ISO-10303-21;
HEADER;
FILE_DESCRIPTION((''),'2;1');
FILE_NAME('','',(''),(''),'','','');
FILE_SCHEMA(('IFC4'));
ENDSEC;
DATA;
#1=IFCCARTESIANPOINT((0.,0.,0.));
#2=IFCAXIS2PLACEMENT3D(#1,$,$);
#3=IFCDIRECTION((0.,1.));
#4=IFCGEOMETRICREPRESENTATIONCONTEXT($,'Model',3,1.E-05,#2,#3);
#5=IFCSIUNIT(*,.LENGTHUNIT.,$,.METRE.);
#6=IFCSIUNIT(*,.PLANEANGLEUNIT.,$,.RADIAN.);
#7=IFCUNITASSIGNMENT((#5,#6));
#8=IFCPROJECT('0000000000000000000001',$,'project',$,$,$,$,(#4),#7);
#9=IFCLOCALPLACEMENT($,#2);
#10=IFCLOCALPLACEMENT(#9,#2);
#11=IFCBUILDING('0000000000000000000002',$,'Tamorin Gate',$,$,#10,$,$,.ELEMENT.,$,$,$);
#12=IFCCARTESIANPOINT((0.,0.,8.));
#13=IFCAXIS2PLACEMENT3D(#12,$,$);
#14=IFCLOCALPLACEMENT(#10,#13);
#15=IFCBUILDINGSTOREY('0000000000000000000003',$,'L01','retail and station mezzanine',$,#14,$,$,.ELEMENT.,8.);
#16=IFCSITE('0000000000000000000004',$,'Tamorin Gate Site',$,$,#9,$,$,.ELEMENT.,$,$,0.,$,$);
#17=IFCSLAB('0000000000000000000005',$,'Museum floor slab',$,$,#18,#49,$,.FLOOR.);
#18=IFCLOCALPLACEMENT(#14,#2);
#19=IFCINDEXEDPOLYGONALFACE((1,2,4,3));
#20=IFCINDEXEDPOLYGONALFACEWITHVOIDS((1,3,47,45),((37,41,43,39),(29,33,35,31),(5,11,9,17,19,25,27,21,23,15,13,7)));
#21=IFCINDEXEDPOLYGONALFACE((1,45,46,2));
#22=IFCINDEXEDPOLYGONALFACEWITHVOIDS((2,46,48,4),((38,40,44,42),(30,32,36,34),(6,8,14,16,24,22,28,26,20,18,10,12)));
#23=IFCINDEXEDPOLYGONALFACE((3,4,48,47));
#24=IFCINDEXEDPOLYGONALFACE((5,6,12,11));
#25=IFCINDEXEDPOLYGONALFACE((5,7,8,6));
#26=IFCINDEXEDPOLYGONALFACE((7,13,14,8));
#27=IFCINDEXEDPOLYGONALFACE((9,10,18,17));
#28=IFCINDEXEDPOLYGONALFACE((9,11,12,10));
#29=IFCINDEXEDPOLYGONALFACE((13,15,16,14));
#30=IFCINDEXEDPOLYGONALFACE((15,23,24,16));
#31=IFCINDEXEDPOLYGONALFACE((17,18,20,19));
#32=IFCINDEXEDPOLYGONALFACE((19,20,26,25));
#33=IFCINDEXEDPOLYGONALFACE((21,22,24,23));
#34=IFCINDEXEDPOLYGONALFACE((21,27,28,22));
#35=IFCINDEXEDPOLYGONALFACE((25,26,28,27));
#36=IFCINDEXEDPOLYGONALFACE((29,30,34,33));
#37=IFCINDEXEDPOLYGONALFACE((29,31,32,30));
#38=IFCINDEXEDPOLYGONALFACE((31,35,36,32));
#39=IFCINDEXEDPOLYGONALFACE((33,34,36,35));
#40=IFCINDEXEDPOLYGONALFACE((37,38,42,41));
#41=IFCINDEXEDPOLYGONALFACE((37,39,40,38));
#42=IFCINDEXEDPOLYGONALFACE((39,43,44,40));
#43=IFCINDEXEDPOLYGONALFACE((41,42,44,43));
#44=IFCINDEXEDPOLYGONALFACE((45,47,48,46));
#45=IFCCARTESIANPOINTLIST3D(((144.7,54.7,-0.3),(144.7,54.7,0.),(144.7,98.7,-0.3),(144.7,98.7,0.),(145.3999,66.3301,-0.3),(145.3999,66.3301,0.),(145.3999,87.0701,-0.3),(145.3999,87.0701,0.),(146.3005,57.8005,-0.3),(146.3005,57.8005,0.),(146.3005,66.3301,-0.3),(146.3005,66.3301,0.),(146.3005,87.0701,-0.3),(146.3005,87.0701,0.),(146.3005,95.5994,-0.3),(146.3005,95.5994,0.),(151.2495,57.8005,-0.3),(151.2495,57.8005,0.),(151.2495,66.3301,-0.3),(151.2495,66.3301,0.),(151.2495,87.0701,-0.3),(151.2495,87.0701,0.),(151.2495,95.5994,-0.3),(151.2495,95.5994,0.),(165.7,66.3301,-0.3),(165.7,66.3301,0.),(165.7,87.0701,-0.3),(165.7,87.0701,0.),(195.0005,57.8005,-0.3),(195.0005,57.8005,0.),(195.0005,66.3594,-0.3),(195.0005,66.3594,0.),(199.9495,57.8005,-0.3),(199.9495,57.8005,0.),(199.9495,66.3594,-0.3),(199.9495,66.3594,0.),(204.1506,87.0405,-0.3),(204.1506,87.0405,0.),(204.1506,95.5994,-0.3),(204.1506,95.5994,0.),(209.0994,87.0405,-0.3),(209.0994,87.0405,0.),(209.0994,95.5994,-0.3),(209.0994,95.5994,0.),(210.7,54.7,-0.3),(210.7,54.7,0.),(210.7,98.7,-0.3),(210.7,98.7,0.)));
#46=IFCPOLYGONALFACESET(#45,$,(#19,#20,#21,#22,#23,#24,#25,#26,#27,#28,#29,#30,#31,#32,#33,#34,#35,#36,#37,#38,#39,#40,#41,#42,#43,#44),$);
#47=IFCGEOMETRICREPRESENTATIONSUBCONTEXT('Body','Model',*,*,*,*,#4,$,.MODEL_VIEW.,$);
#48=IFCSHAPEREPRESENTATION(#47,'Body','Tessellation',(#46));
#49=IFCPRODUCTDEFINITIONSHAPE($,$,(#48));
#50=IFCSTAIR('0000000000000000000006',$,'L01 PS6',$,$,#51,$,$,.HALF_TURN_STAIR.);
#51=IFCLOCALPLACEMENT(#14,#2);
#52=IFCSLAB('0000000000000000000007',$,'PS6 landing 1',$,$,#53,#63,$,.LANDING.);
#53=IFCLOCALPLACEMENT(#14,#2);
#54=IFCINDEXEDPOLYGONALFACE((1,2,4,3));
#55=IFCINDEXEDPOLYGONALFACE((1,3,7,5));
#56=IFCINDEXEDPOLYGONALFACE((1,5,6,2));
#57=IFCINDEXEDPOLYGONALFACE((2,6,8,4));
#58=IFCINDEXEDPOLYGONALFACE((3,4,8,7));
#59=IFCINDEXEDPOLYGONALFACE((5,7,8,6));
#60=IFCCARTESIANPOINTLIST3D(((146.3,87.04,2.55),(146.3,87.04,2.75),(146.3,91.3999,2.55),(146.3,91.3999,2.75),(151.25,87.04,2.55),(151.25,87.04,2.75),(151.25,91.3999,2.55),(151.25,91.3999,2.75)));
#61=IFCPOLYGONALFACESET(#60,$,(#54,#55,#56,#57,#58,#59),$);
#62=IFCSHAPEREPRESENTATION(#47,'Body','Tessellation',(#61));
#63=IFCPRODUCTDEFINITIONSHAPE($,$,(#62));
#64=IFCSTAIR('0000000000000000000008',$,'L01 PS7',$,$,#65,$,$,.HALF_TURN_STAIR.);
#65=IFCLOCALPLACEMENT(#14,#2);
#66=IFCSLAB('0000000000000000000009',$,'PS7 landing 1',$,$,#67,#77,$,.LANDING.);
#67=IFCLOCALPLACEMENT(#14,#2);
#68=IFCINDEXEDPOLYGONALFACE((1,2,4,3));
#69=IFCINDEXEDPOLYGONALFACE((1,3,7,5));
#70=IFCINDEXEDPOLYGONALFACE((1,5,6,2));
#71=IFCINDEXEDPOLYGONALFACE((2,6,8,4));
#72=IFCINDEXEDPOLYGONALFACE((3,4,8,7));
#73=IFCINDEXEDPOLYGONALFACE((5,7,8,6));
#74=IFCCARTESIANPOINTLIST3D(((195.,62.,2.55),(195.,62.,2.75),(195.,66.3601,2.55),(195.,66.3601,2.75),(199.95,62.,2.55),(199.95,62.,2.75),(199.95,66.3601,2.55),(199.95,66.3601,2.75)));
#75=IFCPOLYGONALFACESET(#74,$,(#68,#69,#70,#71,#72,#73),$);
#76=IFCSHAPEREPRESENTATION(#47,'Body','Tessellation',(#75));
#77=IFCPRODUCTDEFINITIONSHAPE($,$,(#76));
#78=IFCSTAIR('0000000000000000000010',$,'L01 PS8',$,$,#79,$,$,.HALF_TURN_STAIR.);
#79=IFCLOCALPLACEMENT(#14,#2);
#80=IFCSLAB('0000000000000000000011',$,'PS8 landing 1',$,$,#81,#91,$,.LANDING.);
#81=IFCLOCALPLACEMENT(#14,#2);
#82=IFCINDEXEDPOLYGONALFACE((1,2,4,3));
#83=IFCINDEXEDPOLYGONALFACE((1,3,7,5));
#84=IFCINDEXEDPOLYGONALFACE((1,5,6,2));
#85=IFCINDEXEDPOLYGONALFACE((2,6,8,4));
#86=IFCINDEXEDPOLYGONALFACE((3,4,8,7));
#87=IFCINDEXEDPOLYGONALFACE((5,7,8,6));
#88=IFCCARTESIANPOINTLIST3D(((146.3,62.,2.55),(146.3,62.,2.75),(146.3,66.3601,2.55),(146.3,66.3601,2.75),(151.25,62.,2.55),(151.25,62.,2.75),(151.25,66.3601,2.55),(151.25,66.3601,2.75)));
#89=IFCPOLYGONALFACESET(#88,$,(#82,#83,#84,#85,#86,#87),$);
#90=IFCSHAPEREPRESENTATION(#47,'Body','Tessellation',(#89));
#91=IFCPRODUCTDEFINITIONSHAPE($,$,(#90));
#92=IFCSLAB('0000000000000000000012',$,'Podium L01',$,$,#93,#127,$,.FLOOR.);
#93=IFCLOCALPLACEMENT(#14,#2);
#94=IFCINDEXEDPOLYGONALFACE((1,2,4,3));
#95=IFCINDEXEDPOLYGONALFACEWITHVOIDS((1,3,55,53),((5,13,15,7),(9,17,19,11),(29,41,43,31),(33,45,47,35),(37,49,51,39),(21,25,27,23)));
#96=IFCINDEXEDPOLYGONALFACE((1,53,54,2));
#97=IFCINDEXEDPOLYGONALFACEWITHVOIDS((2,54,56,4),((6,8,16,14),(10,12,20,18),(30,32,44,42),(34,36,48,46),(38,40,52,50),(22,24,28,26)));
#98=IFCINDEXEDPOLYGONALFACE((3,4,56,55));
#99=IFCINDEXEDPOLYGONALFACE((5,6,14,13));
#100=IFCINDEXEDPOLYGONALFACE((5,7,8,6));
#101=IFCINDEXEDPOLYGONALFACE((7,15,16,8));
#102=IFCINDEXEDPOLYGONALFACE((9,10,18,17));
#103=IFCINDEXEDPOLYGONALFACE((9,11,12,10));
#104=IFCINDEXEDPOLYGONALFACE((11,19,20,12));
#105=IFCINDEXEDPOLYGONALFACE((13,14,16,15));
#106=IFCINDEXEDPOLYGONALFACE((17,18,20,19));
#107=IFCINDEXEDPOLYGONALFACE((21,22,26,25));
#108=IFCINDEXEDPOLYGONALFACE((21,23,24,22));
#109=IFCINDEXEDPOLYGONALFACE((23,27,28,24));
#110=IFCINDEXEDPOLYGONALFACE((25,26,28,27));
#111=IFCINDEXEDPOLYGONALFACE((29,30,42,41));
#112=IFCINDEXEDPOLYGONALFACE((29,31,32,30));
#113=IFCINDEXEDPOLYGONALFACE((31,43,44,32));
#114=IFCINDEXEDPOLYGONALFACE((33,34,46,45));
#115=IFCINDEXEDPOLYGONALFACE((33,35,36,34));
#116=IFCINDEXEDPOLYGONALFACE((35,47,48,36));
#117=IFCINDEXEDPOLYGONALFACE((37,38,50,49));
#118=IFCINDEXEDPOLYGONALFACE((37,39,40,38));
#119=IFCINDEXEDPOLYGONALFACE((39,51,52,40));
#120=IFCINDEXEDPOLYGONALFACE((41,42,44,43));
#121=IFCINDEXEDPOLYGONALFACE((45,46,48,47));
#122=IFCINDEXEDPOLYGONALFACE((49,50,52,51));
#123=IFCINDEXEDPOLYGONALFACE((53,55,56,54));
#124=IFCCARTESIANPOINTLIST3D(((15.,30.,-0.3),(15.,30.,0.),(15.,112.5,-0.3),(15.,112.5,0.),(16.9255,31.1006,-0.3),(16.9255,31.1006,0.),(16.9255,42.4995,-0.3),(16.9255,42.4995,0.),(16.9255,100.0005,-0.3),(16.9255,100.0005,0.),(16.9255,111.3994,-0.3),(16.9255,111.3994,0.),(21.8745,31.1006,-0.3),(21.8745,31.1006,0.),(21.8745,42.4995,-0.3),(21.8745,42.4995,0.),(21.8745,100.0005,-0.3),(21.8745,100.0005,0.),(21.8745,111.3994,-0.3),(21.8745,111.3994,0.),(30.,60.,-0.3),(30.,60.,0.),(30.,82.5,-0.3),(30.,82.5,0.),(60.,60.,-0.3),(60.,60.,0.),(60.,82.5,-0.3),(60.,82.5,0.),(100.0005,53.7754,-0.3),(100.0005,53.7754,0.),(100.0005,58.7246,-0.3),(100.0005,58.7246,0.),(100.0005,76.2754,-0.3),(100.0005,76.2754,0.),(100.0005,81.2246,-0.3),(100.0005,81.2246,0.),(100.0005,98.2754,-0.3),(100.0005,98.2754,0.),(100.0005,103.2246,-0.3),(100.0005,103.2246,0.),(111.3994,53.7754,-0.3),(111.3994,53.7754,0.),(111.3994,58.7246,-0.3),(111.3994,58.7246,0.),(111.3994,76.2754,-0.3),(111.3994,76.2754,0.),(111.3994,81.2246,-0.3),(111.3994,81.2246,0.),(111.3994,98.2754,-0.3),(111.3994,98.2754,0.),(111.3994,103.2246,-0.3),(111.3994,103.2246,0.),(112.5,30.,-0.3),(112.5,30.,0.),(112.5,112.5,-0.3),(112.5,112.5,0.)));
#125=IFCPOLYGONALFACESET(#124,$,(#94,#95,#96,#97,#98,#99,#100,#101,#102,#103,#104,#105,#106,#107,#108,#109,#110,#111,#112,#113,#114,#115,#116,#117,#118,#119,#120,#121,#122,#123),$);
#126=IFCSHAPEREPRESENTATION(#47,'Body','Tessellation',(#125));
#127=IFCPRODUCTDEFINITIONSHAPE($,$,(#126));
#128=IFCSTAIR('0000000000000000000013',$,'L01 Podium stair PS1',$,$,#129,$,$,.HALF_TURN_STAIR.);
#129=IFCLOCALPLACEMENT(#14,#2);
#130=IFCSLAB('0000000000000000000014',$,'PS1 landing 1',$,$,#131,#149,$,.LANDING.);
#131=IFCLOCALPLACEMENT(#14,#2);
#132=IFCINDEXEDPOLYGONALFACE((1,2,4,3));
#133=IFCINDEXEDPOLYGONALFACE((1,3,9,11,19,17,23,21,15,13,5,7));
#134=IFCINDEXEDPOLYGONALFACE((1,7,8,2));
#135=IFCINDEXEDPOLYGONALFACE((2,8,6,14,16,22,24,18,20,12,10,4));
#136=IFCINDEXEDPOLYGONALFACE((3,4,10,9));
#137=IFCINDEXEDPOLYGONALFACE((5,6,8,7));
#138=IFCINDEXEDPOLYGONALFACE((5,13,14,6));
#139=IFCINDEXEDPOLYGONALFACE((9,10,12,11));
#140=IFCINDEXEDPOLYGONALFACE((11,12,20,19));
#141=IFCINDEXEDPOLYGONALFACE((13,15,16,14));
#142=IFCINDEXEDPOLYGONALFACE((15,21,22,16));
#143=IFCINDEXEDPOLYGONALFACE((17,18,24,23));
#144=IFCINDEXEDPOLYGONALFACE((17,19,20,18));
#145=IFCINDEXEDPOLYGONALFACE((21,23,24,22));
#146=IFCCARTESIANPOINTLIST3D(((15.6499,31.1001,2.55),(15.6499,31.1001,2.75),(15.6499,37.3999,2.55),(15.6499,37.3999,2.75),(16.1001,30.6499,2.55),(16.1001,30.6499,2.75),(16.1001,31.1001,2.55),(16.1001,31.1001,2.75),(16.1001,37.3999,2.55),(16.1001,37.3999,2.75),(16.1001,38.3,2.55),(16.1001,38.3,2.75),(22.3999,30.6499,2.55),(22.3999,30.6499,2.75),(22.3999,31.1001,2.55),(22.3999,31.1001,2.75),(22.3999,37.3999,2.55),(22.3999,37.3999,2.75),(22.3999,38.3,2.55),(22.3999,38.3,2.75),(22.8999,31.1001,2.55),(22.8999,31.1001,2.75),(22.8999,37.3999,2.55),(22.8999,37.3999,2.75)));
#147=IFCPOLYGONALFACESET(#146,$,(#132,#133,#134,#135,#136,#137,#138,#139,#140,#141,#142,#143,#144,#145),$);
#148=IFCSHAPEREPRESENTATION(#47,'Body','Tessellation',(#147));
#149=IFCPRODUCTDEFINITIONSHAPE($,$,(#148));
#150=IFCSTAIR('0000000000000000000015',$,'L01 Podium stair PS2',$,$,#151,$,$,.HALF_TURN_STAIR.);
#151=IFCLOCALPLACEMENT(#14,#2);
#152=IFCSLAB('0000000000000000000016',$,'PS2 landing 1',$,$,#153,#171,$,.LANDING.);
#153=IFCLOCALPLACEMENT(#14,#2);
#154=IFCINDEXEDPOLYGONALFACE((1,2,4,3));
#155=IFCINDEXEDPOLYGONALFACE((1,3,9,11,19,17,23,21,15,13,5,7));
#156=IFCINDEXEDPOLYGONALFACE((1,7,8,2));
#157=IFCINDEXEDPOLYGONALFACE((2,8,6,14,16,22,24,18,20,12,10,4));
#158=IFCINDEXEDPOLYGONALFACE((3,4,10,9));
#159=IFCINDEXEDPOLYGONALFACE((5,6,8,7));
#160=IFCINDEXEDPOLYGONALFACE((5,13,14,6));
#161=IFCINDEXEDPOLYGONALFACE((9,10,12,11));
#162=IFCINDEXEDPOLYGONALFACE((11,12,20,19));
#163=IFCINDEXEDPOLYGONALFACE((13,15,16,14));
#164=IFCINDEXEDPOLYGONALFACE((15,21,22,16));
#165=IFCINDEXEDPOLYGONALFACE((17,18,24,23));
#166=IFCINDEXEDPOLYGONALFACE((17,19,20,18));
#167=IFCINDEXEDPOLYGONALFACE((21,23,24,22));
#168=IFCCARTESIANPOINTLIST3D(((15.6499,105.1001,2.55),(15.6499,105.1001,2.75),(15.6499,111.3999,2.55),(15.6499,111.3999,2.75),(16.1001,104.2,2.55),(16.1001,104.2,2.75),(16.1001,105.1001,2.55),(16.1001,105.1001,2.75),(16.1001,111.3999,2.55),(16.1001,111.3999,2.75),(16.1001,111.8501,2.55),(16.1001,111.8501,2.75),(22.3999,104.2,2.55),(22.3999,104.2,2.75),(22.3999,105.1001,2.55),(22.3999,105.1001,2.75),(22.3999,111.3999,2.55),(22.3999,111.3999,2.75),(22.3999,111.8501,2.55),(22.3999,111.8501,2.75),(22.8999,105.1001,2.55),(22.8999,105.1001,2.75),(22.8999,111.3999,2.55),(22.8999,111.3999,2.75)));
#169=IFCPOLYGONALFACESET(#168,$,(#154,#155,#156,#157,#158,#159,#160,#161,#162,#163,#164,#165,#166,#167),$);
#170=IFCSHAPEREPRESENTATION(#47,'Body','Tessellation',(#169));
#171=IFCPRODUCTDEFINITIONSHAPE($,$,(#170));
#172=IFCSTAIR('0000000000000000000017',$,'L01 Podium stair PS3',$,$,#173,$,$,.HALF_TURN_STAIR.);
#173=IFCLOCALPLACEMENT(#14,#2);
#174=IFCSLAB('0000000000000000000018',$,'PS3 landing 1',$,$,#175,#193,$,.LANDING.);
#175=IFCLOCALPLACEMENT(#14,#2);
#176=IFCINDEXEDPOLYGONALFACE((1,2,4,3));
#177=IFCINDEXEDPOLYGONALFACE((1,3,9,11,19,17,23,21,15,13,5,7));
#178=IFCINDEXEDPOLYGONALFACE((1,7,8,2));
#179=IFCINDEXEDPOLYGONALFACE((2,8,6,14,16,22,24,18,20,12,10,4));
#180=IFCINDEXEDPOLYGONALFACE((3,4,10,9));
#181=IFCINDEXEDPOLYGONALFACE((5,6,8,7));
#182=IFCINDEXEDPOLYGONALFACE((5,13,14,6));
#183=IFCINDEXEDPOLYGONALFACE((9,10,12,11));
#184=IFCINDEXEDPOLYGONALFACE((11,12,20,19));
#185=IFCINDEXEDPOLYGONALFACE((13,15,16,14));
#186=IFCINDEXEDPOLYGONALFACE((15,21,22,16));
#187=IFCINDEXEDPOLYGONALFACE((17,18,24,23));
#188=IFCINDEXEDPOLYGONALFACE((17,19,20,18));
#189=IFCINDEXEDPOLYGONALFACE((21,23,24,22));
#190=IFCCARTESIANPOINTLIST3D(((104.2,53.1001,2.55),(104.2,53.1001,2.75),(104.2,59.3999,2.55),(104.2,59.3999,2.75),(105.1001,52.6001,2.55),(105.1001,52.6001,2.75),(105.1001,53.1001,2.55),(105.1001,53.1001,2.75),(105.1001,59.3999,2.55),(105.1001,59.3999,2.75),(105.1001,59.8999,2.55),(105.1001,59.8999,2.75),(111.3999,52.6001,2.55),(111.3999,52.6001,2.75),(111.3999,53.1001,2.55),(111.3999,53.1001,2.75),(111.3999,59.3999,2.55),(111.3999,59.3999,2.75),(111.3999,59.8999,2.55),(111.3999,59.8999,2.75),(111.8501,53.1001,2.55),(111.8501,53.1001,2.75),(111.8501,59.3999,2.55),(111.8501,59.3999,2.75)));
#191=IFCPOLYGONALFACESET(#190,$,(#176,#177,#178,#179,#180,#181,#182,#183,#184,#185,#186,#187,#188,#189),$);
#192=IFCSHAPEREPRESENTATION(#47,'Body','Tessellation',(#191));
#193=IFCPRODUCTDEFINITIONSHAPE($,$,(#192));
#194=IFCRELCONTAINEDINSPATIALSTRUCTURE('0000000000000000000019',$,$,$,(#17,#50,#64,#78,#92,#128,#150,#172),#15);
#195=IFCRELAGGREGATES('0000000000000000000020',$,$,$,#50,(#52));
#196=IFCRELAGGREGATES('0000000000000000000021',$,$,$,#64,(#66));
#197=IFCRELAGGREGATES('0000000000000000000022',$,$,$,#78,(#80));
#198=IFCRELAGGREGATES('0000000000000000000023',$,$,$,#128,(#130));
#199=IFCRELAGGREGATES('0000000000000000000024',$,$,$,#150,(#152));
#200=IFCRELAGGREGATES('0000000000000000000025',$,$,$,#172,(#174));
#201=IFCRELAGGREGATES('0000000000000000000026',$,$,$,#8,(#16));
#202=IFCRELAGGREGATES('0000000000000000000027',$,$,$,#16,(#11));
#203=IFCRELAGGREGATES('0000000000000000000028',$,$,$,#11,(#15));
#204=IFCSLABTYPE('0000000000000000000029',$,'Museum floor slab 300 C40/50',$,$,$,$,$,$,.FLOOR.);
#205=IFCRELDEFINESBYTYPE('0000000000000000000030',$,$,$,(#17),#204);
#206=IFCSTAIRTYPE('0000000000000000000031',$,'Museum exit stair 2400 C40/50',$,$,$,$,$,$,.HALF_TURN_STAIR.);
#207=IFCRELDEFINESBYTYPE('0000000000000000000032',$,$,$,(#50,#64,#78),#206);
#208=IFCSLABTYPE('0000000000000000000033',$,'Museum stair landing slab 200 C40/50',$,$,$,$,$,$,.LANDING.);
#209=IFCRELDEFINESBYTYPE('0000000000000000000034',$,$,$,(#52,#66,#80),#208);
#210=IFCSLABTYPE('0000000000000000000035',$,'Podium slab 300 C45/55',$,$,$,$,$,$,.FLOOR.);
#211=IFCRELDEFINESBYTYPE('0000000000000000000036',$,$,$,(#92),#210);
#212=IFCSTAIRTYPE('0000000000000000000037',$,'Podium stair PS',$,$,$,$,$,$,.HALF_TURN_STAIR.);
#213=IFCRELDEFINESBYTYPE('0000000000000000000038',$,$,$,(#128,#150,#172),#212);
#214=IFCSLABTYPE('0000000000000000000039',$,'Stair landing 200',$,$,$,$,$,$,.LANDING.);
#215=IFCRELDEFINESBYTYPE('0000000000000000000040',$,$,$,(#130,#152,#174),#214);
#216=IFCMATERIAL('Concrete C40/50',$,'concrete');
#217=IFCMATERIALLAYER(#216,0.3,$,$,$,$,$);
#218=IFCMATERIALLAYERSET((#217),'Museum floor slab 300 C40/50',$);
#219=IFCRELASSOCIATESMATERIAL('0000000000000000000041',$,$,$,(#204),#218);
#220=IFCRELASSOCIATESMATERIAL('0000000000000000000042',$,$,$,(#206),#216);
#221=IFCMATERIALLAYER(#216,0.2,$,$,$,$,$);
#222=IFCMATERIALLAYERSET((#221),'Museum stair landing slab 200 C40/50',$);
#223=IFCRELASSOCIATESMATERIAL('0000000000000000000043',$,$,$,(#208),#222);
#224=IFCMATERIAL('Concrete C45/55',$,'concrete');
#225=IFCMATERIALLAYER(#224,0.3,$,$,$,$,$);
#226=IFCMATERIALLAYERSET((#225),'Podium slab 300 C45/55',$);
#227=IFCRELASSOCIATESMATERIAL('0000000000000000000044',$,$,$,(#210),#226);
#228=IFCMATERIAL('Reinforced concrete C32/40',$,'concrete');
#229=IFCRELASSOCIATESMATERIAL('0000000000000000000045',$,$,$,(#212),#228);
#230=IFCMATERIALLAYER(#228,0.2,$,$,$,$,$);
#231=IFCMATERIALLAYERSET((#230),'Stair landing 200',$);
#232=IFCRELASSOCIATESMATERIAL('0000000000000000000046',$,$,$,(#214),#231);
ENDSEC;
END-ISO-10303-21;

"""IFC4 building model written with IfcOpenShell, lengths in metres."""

from ifc_helpers import new_model, si_unit, direction, frame, origin, place, context, subcontext, project, spatial, polyline, outline, extrude, material, layer, layer_set, type_object, element, aggregate, save


model = new_model("IFC4")

# Units and contexts
model_context = context("Model", 3, precision=1e-05, world=origin(), true_north=direction((0.0, 1.0)))
body_context = subcontext(model_context, "Body", "Model", "MODEL_VIEW")
ifc_project = project(units=[si_unit("LENGTHUNIT", "METRE"), si_unit("PLANEANGLEUNIT", "RADIAN")], contexts=[model_context])

# Site, building, storey
site_placement = place(None, origin())
site = spatial("IfcSite", under=ifc_project, at=site_placement, Name="Tamorin Gate Site", CompositionType="ELEMENT", RefElevation=0.0)
building_placement = place(site_placement, origin())
building = spatial("IfcBuilding", under=site, at=building_placement, Name="Tamorin Gate", CompositionType="ELEMENT")
storey_placement = place(building_placement, frame((0.0, 0.0, 8.0)))
storey = spatial("IfcBuildingStorey", under=building, at=storey_placement, Name="L01", Description="retail and station mezzanine", CompositionType="ELEMENT", Elevation=8.0)

# Shared definitions
ifc_material_1 = material(Name="Concrete C40/50", Category="concrete")

# Slab
ifc_layer_1 = layer(ifc_material_1, 0.3)
ifc_layer_set_1 = layer_set([ifc_layer_1], Name="Museum floor slab 300 C40/50")
slab_type_1 = type_object("IfcSlabType", Name="Museum floor slab 300 C40/50", PredefinedType="FLOOR", material=ifc_layer_set_1)
slab_1_placement = place(storey_placement, frame((0.0, 0.0, -0.3)))
element("IfcSlab", 1, at=slab_1_placement, inside=storey, type_object=slab_type_1, Name="Museum floor slab", PredefinedType="FLOOR", context=body_context, shape_type="SweptSolid", body=[
    extrude(outline(polyline([(144.7, 54.7), (144.7, 98.7), (210.7, 98.7), (210.7, 54.7), (144.7, 54.7)]), holes=[polyline([(146.3005, 57.8005), (151.2495, 57.8005), (151.2495, 66.3301), (165.7, 66.3301), (165.7, 87.0701), (151.2495, 87.0701), (151.2495, 95.5994), (146.3005, 95.5994), (146.3005, 87.0701), (145.3999, 87.0701), (145.3999, 66.3301), (146.3005, 66.3301), (146.3005, 57.8005)]), polyline([(195.0005, 57.8005), (199.9495, 57.8005), (199.9495, 66.3594), (195.0005, 66.3594), (195.0005, 57.8005)]), polyline([(209.0994, 87.0405), (209.0994, 95.5994), (204.1506, 95.5994), (204.1506, 87.0405), (209.0994, 87.0405)])]), origin(), (0.0, 0.0, 1.0), 0.3),
])

# Stairs, slabs
stair_type_1 = type_object("IfcStairType", Name="Museum exit stair 2400 C40/50", PredefinedType="HALF_TURN_STAIR", material=ifc_material_1)
stair_1_placement = place(storey_placement, origin())
stair_1 = element("IfcStair", 2, at=stair_1_placement, inside=storey, type_object=stair_type_1, Name="L01 PS6", PredefinedType="HALF_TURN_STAIR")
ifc_layer_2 = layer(ifc_material_1, 0.2)
ifc_layer_set_2 = layer_set([ifc_layer_2], Name="Museum stair landing slab 200 C40/50")
slab_type_2 = type_object("IfcSlabType", Name="Museum stair landing slab 200 C40/50", PredefinedType="LANDING", material=ifc_layer_set_2)
slab_2_placement = place(storey_placement, frame((0.0, 0.0, 2.55)))
slab_2 = element("IfcSlab", 3, at=slab_2_placement, type_object=slab_type_2, Name="PS6 landing 1", PredefinedType="LANDING", context=body_context, shape_type="SweptSolid", body=[
    extrude(outline(polyline([(146.3, 91.3999), (146.3, 87.04), (151.25, 87.04), (151.25, 91.3999), (146.3, 91.3999)])), origin(), (0.0, 0.0, 1.0), 0.2),
])
aggregate(stair_1, [slab_2])
stair_2_placement = place(storey_placement, origin())
stair_2 = element("IfcStair", 4, at=stair_2_placement, inside=storey, type_object=stair_type_1, Name="L01 PS7", PredefinedType="HALF_TURN_STAIR")
slab_3_placement = place(storey_placement, frame((0.0, 0.0, 2.55)))
slab_3 = element("IfcSlab", 5, at=slab_3_placement, type_object=slab_type_2, Name="PS7 landing 1", PredefinedType="LANDING", context=body_context, shape_type="SweptSolid", body=[
    extrude(outline(polyline([(199.95, 62.0), (199.95, 66.3601), (195.0, 66.3601), (195.0, 62.0), (199.95, 62.0)])), origin(), (0.0, 0.0, 1.0), 0.2),
])
aggregate(stair_2, [slab_3])
stair_3_placement = place(storey_placement, origin())
stair_3 = element("IfcStair", 6, at=stair_3_placement, inside=storey, type_object=stair_type_1, Name="L01 PS8", PredefinedType="HALF_TURN_STAIR")
slab_4_placement = place(storey_placement, frame((0.0, 0.0, 2.55)))
slab_4 = element("IfcSlab", 7, at=slab_4_placement, type_object=slab_type_2, Name="PS8 landing 1", PredefinedType="LANDING", context=body_context, shape_type="SweptSolid", body=[
    extrude(outline(polyline([(151.25, 62.0), (151.25, 66.3601), (146.3, 66.3601), (146.3, 62.0), (151.25, 62.0)])), origin(), (0.0, 0.0, 1.0), 0.2),
])
aggregate(stair_3, [slab_4])

# Slab
ifc_material_2 = material(Name="Concrete C45/55", Category="concrete")
ifc_layer_3 = layer(ifc_material_2, 0.3)
ifc_layer_set_3 = layer_set([ifc_layer_3], Name="Podium slab 300 C45/55")
slab_type_3 = type_object("IfcSlabType", Name="Podium slab 300 C45/55", PredefinedType="FLOOR", material=ifc_layer_set_3)
slab_5_placement = place(storey_placement, frame((0.0, 0.0, -0.3)))
element("IfcSlab", 8, at=slab_5_placement, inside=storey, type_object=slab_type_3, Name="Podium L01", PredefinedType="FLOOR", context=body_context, shape_type="SweptSolid", body=[
    extrude(outline(polyline([(15.0, 30.0), (112.5, 30.0), (112.5, 112.5), (15.0, 112.5), (15.0, 30.0)]), holes=[polyline([(60.0, 60.0), (60.0, 82.5), (30.0, 82.5), (30.0, 60.0), (60.0, 60.0)]), polyline([(16.9255, 42.4995), (21.8745, 42.4995), (21.8745, 31.1006), (16.9255, 31.1006), (16.9255, 42.4995)]), polyline([(21.8745, 100.0005), (16.9255, 100.0005), (16.9255, 111.3994), (21.8745, 111.3994), (21.8745, 100.0005)]), polyline([(100.0005, 53.7754), (100.0005, 58.7246), (111.3994, 58.7246), (111.3994, 53.7754), (100.0005, 53.7754)]), polyline([(100.0005, 98.2754), (100.0005, 103.2246), (111.3994, 103.2246), (111.3994, 98.2754), (100.0005, 98.2754)]), polyline([(100.0005, 76.2754), (100.0005, 81.2246), (111.3994, 81.2246), (111.3994, 76.2754), (100.0005, 76.2754)])]), origin(), (0.0, 0.0, 1.0), 0.3),
])

# Stairs, slabs
ifc_material_3 = material(Name="Reinforced concrete C32/40", Category="concrete")
stair_type_2 = type_object("IfcStairType", Name="Podium stair PS", PredefinedType="HALF_TURN_STAIR", material=ifc_material_3)
stair_4_placement = place(storey_placement, origin())
stair_4 = element("IfcStair", 9, at=stair_4_placement, inside=storey, type_object=stair_type_2, Name="L01 Podium stair PS1", PredefinedType="HALF_TURN_STAIR")
ifc_layer_4 = layer(ifc_material_3, 0.2)
ifc_layer_set_4 = layer_set([ifc_layer_4], Name="Stair landing 200")
slab_type_4 = type_object("IfcSlabType", Name="Stair landing 200", PredefinedType="LANDING", material=ifc_layer_set_4)
slab_6_placement = place(storey_placement, frame((0.0, 0.0, 2.55)))
slab_6 = element("IfcSlab", 10, at=slab_6_placement, type_object=slab_type_4, Name="PS1 landing 1", PredefinedType="LANDING", context=body_context, shape_type="SweptSolid", body=[
    extrude(outline(polyline([(22.3999, 31.1001), (22.3999, 30.6499), (16.1001, 30.6499), (16.1001, 31.1001), (15.6499, 31.1001), (15.6499, 37.3999), (16.1001, 37.3999), (16.1001, 38.3), (22.3999, 38.3), (22.3999, 37.3999), (22.8999, 37.3999), (22.8999, 31.1001), (22.3999, 31.1001)])), origin(), (0.0, 0.0, 1.0), 0.2),
])
aggregate(stair_4, [slab_6])
stair_5_placement = place(storey_placement, origin())
stair_5 = element("IfcStair", 11, at=stair_5_placement, inside=storey, type_object=stair_type_2, Name="L01 Podium stair PS2", PredefinedType="HALF_TURN_STAIR")
slab_7_placement = place(storey_placement, frame((0.0, 0.0, 2.55)))
slab_7 = element("IfcSlab", 12, at=slab_7_placement, type_object=slab_type_4, Name="PS2 landing 1", PredefinedType="LANDING", context=body_context, shape_type="SweptSolid", body=[
    extrude(outline(polyline([(22.3999, 105.1001), (22.3999, 104.2), (16.1001, 104.2), (16.1001, 105.1001), (15.6499, 105.1001), (15.6499, 111.3999), (16.1001, 111.3999), (16.1001, 111.8501), (22.3999, 111.8501), (22.3999, 111.3999), (22.8999, 111.3999), (22.8999, 105.1001), (22.3999, 105.1001)])), origin(), (0.0, 0.0, 1.0), 0.2),
])
aggregate(stair_5, [slab_7])
stair_6_placement = place(storey_placement, origin())
stair_6 = element("IfcStair", 13, at=stair_6_placement, inside=storey, type_object=stair_type_2, Name="L01 Podium stair PS3", PredefinedType="HALF_TURN_STAIR")
slab_8_placement = place(storey_placement, frame((0.0, 0.0, 2.55)))
slab_8 = element("IfcSlab", 14, at=slab_8_placement, type_object=slab_type_4, Name="PS3 landing 1", PredefinedType="LANDING", context=body_context, shape_type="SweptSolid", body=[
    extrude(outline(polyline([(111.3999, 53.1001), (111.3999, 52.6001), (105.1001, 52.6001), (105.1001, 53.1001), (104.2, 53.1001), (104.2, 59.3999), (105.1001, 59.3999), (105.1001, 59.8999), (111.3999, 59.8999), (111.3999, 59.3999), (111.8501, 59.3999), (111.8501, 53.1001), (111.3999, 53.1001)])), origin(), (0.0, 0.0, 1.0), 0.2),
])
aggregate(stair_6, [slab_8])

save(model, "model.ifc")
